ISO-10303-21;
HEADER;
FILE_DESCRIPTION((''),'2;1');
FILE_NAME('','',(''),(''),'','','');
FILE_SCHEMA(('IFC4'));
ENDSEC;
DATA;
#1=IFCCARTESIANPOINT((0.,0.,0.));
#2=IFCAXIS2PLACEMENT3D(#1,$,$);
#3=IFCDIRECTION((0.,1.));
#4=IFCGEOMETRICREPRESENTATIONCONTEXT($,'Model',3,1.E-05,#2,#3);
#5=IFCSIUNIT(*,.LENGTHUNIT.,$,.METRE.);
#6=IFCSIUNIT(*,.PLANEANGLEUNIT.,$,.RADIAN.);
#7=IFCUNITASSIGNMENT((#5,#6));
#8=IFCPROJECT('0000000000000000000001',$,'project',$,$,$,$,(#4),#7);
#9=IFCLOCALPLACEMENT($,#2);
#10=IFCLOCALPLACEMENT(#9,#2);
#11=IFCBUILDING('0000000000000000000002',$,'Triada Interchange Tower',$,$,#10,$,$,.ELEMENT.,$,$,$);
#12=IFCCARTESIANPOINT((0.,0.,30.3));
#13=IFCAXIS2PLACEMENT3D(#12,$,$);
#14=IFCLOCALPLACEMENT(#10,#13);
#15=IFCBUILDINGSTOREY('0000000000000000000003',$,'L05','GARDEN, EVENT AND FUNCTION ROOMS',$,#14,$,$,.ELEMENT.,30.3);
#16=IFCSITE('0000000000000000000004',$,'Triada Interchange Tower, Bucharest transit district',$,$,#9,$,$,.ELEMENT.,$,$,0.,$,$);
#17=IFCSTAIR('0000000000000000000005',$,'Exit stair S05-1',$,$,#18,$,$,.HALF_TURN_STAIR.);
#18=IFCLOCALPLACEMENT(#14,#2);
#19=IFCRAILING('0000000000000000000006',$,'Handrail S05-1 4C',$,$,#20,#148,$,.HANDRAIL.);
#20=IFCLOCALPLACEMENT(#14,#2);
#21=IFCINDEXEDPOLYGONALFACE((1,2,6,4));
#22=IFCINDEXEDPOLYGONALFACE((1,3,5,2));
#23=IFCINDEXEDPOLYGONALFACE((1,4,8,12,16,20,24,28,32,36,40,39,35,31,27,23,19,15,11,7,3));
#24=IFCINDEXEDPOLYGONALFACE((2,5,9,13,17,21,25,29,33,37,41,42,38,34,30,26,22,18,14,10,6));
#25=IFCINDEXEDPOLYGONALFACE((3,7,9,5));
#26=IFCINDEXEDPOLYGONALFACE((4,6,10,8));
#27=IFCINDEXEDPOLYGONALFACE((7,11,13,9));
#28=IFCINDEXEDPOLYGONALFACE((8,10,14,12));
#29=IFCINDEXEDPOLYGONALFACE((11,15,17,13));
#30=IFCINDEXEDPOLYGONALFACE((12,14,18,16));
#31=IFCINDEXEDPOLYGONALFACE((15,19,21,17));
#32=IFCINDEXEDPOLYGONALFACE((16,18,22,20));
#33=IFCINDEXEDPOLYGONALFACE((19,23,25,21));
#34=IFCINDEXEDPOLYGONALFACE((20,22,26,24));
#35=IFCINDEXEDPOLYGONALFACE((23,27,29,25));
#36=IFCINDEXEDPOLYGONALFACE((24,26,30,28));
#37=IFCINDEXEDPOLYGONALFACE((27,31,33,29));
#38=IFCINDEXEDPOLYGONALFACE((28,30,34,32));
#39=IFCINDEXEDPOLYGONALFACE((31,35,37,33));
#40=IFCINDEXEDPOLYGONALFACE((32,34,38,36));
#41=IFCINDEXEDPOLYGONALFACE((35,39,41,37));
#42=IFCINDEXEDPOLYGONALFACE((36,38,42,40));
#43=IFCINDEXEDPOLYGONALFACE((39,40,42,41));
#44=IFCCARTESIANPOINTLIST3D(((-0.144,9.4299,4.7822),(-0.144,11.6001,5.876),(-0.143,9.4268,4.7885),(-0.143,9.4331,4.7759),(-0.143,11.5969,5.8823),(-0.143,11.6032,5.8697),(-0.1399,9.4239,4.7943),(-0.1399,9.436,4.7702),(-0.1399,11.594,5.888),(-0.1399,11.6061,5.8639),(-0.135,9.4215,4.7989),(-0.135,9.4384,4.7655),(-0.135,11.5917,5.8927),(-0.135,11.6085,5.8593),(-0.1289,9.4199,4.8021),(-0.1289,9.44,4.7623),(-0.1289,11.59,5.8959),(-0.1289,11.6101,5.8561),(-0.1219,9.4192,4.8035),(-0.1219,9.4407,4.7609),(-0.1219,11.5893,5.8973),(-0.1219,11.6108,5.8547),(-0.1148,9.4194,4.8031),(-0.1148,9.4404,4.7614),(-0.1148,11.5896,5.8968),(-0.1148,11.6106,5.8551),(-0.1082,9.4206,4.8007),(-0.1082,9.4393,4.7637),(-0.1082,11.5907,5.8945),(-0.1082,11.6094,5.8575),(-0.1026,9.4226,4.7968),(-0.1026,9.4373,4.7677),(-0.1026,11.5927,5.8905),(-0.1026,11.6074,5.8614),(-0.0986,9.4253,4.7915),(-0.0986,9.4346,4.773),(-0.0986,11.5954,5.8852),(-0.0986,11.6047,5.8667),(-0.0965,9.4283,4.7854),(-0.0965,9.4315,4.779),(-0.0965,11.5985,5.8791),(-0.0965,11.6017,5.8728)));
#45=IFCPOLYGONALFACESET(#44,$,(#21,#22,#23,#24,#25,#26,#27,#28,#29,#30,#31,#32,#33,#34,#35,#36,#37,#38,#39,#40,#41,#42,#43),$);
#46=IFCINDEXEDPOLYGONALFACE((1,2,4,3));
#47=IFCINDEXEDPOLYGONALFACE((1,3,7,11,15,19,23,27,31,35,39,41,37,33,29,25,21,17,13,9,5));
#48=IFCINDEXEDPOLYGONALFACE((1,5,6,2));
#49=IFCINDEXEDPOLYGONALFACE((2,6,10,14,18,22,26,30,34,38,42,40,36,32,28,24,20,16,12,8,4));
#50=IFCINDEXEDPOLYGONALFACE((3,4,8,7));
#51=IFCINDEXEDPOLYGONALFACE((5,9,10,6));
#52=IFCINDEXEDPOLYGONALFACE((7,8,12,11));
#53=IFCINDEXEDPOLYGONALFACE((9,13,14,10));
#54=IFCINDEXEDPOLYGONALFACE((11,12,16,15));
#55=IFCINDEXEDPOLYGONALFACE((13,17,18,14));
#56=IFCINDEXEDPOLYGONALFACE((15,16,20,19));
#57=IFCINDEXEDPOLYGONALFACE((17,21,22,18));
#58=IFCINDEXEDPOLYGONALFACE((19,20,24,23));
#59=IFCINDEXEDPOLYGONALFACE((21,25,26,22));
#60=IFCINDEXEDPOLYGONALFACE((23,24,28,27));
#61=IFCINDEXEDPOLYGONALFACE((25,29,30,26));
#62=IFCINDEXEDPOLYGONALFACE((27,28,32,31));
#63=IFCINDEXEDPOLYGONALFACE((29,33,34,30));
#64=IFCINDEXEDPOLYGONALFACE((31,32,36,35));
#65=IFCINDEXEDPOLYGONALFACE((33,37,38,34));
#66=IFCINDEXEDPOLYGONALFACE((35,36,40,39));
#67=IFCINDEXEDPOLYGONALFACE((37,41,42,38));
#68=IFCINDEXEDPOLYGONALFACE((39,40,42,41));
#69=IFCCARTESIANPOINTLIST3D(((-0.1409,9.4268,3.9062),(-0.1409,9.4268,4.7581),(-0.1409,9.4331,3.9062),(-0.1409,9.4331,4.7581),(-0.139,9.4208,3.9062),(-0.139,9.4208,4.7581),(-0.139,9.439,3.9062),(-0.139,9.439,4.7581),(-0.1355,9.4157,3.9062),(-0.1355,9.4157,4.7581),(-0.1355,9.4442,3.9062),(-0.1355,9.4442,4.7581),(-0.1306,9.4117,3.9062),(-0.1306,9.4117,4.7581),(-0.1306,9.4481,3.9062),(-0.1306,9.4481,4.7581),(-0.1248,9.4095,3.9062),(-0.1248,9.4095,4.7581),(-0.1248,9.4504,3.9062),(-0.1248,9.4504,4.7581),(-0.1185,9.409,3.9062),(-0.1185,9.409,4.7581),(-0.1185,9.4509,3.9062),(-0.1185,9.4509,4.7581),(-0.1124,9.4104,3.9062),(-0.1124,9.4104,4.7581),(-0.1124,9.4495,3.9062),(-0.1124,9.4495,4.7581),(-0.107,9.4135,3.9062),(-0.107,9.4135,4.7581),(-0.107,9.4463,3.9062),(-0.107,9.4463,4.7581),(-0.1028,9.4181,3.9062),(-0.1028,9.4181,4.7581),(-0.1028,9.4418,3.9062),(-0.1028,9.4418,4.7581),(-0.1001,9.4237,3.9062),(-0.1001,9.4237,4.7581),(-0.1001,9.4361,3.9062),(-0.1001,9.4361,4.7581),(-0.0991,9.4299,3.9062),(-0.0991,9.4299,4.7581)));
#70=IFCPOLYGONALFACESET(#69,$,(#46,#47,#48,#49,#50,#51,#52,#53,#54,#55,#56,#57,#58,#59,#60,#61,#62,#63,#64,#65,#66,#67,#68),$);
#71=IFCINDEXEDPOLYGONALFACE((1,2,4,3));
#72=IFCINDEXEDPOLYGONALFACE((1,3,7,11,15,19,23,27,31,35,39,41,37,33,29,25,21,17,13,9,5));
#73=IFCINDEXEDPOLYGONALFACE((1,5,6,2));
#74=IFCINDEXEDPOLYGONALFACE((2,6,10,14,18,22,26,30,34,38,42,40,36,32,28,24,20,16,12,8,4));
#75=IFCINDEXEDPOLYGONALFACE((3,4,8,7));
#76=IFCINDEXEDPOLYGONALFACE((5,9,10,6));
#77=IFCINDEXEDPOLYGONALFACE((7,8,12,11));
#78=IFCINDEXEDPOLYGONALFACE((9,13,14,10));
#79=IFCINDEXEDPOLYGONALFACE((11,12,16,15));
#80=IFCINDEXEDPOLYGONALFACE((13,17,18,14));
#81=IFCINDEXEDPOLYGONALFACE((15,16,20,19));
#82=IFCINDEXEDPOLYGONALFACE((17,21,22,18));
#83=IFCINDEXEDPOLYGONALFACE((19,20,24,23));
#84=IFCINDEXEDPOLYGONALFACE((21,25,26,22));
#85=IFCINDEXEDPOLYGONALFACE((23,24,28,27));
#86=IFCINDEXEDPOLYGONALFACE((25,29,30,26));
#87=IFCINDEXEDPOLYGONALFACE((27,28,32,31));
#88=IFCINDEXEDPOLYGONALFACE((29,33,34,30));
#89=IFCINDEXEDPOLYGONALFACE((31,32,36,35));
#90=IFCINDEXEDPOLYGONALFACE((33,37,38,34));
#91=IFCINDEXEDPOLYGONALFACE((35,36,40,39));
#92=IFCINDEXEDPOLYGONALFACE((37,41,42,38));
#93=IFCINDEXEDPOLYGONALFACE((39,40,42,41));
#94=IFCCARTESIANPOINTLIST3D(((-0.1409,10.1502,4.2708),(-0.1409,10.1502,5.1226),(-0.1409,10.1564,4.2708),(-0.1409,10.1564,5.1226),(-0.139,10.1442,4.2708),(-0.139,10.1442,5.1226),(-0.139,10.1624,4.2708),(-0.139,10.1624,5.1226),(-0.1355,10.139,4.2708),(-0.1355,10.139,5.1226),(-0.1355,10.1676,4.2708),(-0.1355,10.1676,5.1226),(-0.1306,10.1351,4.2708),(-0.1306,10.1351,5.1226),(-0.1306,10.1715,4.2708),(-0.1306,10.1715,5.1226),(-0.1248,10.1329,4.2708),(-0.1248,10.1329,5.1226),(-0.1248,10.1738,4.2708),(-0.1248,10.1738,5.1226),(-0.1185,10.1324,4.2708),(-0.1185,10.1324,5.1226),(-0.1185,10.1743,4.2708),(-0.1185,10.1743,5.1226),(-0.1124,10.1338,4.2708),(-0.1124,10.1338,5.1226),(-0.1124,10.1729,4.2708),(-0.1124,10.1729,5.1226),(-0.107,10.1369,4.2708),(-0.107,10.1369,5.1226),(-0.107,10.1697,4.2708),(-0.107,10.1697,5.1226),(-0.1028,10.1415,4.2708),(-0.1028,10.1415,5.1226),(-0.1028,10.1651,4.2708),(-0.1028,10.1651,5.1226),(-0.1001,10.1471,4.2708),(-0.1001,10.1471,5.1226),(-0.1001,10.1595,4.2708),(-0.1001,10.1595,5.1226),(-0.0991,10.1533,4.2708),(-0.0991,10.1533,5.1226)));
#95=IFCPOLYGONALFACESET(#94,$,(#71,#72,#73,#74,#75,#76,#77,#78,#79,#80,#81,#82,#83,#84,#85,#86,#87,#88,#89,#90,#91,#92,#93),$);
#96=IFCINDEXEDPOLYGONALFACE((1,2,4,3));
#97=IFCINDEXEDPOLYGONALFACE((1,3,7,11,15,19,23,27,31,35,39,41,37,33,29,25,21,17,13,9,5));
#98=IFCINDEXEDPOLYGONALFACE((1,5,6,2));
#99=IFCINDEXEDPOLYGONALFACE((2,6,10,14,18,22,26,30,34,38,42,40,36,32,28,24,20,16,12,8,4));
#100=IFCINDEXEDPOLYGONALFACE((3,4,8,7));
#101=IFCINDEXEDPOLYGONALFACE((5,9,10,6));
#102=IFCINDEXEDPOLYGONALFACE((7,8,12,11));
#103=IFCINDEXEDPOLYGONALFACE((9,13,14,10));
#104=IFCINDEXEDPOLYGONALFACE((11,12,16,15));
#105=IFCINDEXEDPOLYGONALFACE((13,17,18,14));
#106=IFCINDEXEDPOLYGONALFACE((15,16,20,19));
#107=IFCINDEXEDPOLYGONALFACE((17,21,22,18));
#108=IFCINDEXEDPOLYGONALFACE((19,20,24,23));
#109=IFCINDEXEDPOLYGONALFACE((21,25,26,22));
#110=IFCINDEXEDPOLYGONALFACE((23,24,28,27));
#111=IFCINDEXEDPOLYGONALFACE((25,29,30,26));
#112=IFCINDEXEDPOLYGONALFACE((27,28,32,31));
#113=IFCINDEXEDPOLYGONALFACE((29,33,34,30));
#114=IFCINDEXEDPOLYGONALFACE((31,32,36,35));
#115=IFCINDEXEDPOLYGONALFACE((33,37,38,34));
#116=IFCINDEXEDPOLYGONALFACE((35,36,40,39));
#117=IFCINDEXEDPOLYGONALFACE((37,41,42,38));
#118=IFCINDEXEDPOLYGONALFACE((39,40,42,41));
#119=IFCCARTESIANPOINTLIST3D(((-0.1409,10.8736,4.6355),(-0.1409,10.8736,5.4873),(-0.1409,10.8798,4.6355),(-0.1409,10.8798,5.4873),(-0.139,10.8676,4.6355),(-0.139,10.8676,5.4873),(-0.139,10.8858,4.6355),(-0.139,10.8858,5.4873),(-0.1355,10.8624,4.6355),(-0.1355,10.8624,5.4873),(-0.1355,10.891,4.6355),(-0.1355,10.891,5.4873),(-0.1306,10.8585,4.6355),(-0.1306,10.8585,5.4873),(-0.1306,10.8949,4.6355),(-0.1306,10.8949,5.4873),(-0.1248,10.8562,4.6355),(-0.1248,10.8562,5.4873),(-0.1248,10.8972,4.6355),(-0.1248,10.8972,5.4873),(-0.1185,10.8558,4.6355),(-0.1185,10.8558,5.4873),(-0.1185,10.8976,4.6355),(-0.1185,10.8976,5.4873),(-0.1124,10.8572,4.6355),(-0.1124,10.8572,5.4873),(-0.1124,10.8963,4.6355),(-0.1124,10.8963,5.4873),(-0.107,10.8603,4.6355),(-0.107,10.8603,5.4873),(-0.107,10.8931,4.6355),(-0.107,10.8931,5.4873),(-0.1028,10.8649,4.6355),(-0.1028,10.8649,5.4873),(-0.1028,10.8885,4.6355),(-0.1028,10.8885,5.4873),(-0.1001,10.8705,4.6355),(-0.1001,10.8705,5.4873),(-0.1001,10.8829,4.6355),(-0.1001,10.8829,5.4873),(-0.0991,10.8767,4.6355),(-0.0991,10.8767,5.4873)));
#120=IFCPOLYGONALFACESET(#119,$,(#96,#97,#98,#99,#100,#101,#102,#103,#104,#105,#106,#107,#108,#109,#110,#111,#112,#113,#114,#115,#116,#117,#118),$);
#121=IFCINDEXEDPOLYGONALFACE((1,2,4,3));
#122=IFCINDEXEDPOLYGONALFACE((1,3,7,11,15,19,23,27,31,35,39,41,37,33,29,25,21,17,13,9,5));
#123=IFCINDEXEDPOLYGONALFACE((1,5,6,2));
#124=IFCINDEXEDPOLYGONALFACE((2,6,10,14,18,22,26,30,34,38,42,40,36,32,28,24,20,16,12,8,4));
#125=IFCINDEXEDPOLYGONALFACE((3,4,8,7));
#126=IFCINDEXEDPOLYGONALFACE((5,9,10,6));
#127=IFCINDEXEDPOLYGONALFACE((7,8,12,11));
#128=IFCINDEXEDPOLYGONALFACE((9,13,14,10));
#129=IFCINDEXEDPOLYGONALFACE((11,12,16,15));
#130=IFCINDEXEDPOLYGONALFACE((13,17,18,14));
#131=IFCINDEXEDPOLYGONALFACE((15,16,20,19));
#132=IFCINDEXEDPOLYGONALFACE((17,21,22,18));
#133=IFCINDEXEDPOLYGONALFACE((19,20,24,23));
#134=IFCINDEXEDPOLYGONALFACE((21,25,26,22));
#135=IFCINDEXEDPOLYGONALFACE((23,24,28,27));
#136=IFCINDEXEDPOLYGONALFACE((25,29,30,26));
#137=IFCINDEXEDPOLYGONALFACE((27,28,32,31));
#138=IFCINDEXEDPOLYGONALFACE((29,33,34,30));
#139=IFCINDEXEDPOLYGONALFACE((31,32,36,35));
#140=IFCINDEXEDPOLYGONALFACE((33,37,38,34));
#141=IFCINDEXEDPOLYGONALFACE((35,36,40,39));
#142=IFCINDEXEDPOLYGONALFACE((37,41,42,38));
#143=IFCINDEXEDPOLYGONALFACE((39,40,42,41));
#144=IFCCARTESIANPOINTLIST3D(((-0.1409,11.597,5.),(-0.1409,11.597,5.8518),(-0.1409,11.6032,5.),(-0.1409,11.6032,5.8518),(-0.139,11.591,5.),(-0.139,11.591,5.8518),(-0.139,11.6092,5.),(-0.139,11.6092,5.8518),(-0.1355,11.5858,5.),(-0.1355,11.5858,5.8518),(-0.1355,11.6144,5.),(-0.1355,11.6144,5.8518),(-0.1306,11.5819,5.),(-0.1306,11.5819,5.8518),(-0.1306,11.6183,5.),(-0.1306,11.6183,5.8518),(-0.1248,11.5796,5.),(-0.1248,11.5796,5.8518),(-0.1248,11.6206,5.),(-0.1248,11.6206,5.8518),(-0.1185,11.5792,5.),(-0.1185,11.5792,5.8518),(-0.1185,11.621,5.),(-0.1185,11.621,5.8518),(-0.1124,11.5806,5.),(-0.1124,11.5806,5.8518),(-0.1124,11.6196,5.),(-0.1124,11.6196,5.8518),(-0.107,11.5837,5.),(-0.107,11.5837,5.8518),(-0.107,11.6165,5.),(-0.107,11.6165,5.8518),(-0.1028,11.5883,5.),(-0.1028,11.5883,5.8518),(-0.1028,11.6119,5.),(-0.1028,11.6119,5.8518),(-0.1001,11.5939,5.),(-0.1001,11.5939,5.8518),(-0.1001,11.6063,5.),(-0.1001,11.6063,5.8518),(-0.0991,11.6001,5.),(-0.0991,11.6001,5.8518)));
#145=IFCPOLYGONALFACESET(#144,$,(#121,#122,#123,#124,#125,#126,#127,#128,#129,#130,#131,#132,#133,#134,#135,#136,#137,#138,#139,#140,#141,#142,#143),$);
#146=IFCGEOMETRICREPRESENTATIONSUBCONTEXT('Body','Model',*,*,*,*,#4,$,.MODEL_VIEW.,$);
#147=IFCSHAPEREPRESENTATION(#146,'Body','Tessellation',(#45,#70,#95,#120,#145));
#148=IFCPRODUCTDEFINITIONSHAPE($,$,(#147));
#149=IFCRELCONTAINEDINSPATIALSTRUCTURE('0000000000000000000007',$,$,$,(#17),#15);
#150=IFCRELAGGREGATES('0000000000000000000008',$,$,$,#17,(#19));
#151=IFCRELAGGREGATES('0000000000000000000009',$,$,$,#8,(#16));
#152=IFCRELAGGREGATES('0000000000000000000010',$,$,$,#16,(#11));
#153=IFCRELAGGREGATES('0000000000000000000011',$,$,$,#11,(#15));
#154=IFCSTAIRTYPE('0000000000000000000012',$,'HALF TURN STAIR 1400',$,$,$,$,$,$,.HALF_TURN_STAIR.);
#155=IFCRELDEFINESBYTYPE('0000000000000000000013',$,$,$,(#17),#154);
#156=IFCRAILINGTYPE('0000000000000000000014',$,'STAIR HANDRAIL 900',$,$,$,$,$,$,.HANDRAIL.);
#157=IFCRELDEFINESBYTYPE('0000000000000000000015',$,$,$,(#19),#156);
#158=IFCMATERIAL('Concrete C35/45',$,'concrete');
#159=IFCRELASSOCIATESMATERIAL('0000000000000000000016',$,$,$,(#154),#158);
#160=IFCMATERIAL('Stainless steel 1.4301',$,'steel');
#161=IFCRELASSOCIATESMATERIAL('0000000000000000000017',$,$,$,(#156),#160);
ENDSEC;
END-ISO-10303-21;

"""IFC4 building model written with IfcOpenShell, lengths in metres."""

from ifc_helpers import new_model, si_unit, direction, frame, origin, origin_2d, place, context, subcontext, project, spatial, circle, extrude, material, type_object, element, aggregate, save


model = new_model("IFC4")

# Units and contexts
model_context = context("Model", 3, precision=1e-05, world=origin(), true_north=direction((0.0, 1.0)))
body_context = subcontext(model_context, "Body", "Model", "MODEL_VIEW")
ifc_project = project(units=[si_unit("LENGTHUNIT", "METRE"), si_unit("PLANEANGLEUNIT", "RADIAN")], contexts=[model_context])

# Site, building, storey
site_placement = place(None, origin())
site = spatial("IfcSite", under=ifc_project, at=site_placement, Name="Triada Interchange Tower, Bucharest transit district", CompositionType="ELEMENT", RefElevation=0.0)
building_placement = place(site_placement, origin())
building = spatial("IfcBuilding", under=site, at=building_placement, Name="Triada Interchange Tower", CompositionType="ELEMENT")
storey_placement = place(building_placement, frame((0.0, 0.0, 30.3)))
storey = spatial("IfcBuildingStorey", under=building, at=storey_placement, Name="L05", Description="GARDEN, EVENT AND FUNCTION ROOMS", CompositionType="ELEMENT", Elevation=30.3)

# Stair, railing
ifc_material_1 = material(Name="Concrete C35/45", Category="concrete")
stair_type = type_object("IfcStairType", Name="HALF TURN STAIR 1400", PredefinedType="HALF_TURN_STAIR", material=ifc_material_1)
stair_placement = place(storey_placement, origin())
stair = element("IfcStair", 1, at=stair_placement, inside=storey, type_object=stair_type, Name="Exit stair S05-1", PredefinedType="HALF_TURN_STAIR")
ifc_material_2 = material(Name="Stainless steel 1.4301", Category="steel")
railing_type = type_object("IfcRailingType", Name="STAIR HANDRAIL 900", PredefinedType="HANDRAIL", material=ifc_material_2)
railing_1_placement = place(storey_placement, frame((-0.1201, 9.4299, 3.9062)))
railing_1 = element("IfcRailing", 2, at=railing_1_placement, type_object=railing_type, Name="Handrail S05-1 4C", PredefinedType="HANDRAIL", context=body_context, shape_type="SweptSolid", body=[
    extrude(circle(Radius=0.0239, at=origin_2d()), frame((0.0, 0.0, 0.876), z_axis=(0.0, 0.892996, 0.450064), x_axis=(-1.0, 0.0, 0.0)), (0.0, 0.0, 1.0), 2.4302),
    extrude(circle(Radius=0.021, at=origin_2d()), origin(), (0.0, 0.0, 1.0), 0.8518),
    extrude(circle(Radius=0.021, at=origin_2d()), frame((0.0, 0.7234, 0.3645)), (0.0, 0.0, 1.0), 0.8518),
    extrude(circle(Radius=0.021, at=origin_2d()), frame((0.0, 1.4468, 0.7292)), (0.0, 0.0, 1.0), 0.8518),
    extrude(circle(Radius=0.021, at=origin_2d()), frame((0.0, 2.1702, 1.0938)), (0.0, 0.0, 1.0), 0.8518),
])
aggregate(stair, [railing_1])

save(model, "model.ifc")
